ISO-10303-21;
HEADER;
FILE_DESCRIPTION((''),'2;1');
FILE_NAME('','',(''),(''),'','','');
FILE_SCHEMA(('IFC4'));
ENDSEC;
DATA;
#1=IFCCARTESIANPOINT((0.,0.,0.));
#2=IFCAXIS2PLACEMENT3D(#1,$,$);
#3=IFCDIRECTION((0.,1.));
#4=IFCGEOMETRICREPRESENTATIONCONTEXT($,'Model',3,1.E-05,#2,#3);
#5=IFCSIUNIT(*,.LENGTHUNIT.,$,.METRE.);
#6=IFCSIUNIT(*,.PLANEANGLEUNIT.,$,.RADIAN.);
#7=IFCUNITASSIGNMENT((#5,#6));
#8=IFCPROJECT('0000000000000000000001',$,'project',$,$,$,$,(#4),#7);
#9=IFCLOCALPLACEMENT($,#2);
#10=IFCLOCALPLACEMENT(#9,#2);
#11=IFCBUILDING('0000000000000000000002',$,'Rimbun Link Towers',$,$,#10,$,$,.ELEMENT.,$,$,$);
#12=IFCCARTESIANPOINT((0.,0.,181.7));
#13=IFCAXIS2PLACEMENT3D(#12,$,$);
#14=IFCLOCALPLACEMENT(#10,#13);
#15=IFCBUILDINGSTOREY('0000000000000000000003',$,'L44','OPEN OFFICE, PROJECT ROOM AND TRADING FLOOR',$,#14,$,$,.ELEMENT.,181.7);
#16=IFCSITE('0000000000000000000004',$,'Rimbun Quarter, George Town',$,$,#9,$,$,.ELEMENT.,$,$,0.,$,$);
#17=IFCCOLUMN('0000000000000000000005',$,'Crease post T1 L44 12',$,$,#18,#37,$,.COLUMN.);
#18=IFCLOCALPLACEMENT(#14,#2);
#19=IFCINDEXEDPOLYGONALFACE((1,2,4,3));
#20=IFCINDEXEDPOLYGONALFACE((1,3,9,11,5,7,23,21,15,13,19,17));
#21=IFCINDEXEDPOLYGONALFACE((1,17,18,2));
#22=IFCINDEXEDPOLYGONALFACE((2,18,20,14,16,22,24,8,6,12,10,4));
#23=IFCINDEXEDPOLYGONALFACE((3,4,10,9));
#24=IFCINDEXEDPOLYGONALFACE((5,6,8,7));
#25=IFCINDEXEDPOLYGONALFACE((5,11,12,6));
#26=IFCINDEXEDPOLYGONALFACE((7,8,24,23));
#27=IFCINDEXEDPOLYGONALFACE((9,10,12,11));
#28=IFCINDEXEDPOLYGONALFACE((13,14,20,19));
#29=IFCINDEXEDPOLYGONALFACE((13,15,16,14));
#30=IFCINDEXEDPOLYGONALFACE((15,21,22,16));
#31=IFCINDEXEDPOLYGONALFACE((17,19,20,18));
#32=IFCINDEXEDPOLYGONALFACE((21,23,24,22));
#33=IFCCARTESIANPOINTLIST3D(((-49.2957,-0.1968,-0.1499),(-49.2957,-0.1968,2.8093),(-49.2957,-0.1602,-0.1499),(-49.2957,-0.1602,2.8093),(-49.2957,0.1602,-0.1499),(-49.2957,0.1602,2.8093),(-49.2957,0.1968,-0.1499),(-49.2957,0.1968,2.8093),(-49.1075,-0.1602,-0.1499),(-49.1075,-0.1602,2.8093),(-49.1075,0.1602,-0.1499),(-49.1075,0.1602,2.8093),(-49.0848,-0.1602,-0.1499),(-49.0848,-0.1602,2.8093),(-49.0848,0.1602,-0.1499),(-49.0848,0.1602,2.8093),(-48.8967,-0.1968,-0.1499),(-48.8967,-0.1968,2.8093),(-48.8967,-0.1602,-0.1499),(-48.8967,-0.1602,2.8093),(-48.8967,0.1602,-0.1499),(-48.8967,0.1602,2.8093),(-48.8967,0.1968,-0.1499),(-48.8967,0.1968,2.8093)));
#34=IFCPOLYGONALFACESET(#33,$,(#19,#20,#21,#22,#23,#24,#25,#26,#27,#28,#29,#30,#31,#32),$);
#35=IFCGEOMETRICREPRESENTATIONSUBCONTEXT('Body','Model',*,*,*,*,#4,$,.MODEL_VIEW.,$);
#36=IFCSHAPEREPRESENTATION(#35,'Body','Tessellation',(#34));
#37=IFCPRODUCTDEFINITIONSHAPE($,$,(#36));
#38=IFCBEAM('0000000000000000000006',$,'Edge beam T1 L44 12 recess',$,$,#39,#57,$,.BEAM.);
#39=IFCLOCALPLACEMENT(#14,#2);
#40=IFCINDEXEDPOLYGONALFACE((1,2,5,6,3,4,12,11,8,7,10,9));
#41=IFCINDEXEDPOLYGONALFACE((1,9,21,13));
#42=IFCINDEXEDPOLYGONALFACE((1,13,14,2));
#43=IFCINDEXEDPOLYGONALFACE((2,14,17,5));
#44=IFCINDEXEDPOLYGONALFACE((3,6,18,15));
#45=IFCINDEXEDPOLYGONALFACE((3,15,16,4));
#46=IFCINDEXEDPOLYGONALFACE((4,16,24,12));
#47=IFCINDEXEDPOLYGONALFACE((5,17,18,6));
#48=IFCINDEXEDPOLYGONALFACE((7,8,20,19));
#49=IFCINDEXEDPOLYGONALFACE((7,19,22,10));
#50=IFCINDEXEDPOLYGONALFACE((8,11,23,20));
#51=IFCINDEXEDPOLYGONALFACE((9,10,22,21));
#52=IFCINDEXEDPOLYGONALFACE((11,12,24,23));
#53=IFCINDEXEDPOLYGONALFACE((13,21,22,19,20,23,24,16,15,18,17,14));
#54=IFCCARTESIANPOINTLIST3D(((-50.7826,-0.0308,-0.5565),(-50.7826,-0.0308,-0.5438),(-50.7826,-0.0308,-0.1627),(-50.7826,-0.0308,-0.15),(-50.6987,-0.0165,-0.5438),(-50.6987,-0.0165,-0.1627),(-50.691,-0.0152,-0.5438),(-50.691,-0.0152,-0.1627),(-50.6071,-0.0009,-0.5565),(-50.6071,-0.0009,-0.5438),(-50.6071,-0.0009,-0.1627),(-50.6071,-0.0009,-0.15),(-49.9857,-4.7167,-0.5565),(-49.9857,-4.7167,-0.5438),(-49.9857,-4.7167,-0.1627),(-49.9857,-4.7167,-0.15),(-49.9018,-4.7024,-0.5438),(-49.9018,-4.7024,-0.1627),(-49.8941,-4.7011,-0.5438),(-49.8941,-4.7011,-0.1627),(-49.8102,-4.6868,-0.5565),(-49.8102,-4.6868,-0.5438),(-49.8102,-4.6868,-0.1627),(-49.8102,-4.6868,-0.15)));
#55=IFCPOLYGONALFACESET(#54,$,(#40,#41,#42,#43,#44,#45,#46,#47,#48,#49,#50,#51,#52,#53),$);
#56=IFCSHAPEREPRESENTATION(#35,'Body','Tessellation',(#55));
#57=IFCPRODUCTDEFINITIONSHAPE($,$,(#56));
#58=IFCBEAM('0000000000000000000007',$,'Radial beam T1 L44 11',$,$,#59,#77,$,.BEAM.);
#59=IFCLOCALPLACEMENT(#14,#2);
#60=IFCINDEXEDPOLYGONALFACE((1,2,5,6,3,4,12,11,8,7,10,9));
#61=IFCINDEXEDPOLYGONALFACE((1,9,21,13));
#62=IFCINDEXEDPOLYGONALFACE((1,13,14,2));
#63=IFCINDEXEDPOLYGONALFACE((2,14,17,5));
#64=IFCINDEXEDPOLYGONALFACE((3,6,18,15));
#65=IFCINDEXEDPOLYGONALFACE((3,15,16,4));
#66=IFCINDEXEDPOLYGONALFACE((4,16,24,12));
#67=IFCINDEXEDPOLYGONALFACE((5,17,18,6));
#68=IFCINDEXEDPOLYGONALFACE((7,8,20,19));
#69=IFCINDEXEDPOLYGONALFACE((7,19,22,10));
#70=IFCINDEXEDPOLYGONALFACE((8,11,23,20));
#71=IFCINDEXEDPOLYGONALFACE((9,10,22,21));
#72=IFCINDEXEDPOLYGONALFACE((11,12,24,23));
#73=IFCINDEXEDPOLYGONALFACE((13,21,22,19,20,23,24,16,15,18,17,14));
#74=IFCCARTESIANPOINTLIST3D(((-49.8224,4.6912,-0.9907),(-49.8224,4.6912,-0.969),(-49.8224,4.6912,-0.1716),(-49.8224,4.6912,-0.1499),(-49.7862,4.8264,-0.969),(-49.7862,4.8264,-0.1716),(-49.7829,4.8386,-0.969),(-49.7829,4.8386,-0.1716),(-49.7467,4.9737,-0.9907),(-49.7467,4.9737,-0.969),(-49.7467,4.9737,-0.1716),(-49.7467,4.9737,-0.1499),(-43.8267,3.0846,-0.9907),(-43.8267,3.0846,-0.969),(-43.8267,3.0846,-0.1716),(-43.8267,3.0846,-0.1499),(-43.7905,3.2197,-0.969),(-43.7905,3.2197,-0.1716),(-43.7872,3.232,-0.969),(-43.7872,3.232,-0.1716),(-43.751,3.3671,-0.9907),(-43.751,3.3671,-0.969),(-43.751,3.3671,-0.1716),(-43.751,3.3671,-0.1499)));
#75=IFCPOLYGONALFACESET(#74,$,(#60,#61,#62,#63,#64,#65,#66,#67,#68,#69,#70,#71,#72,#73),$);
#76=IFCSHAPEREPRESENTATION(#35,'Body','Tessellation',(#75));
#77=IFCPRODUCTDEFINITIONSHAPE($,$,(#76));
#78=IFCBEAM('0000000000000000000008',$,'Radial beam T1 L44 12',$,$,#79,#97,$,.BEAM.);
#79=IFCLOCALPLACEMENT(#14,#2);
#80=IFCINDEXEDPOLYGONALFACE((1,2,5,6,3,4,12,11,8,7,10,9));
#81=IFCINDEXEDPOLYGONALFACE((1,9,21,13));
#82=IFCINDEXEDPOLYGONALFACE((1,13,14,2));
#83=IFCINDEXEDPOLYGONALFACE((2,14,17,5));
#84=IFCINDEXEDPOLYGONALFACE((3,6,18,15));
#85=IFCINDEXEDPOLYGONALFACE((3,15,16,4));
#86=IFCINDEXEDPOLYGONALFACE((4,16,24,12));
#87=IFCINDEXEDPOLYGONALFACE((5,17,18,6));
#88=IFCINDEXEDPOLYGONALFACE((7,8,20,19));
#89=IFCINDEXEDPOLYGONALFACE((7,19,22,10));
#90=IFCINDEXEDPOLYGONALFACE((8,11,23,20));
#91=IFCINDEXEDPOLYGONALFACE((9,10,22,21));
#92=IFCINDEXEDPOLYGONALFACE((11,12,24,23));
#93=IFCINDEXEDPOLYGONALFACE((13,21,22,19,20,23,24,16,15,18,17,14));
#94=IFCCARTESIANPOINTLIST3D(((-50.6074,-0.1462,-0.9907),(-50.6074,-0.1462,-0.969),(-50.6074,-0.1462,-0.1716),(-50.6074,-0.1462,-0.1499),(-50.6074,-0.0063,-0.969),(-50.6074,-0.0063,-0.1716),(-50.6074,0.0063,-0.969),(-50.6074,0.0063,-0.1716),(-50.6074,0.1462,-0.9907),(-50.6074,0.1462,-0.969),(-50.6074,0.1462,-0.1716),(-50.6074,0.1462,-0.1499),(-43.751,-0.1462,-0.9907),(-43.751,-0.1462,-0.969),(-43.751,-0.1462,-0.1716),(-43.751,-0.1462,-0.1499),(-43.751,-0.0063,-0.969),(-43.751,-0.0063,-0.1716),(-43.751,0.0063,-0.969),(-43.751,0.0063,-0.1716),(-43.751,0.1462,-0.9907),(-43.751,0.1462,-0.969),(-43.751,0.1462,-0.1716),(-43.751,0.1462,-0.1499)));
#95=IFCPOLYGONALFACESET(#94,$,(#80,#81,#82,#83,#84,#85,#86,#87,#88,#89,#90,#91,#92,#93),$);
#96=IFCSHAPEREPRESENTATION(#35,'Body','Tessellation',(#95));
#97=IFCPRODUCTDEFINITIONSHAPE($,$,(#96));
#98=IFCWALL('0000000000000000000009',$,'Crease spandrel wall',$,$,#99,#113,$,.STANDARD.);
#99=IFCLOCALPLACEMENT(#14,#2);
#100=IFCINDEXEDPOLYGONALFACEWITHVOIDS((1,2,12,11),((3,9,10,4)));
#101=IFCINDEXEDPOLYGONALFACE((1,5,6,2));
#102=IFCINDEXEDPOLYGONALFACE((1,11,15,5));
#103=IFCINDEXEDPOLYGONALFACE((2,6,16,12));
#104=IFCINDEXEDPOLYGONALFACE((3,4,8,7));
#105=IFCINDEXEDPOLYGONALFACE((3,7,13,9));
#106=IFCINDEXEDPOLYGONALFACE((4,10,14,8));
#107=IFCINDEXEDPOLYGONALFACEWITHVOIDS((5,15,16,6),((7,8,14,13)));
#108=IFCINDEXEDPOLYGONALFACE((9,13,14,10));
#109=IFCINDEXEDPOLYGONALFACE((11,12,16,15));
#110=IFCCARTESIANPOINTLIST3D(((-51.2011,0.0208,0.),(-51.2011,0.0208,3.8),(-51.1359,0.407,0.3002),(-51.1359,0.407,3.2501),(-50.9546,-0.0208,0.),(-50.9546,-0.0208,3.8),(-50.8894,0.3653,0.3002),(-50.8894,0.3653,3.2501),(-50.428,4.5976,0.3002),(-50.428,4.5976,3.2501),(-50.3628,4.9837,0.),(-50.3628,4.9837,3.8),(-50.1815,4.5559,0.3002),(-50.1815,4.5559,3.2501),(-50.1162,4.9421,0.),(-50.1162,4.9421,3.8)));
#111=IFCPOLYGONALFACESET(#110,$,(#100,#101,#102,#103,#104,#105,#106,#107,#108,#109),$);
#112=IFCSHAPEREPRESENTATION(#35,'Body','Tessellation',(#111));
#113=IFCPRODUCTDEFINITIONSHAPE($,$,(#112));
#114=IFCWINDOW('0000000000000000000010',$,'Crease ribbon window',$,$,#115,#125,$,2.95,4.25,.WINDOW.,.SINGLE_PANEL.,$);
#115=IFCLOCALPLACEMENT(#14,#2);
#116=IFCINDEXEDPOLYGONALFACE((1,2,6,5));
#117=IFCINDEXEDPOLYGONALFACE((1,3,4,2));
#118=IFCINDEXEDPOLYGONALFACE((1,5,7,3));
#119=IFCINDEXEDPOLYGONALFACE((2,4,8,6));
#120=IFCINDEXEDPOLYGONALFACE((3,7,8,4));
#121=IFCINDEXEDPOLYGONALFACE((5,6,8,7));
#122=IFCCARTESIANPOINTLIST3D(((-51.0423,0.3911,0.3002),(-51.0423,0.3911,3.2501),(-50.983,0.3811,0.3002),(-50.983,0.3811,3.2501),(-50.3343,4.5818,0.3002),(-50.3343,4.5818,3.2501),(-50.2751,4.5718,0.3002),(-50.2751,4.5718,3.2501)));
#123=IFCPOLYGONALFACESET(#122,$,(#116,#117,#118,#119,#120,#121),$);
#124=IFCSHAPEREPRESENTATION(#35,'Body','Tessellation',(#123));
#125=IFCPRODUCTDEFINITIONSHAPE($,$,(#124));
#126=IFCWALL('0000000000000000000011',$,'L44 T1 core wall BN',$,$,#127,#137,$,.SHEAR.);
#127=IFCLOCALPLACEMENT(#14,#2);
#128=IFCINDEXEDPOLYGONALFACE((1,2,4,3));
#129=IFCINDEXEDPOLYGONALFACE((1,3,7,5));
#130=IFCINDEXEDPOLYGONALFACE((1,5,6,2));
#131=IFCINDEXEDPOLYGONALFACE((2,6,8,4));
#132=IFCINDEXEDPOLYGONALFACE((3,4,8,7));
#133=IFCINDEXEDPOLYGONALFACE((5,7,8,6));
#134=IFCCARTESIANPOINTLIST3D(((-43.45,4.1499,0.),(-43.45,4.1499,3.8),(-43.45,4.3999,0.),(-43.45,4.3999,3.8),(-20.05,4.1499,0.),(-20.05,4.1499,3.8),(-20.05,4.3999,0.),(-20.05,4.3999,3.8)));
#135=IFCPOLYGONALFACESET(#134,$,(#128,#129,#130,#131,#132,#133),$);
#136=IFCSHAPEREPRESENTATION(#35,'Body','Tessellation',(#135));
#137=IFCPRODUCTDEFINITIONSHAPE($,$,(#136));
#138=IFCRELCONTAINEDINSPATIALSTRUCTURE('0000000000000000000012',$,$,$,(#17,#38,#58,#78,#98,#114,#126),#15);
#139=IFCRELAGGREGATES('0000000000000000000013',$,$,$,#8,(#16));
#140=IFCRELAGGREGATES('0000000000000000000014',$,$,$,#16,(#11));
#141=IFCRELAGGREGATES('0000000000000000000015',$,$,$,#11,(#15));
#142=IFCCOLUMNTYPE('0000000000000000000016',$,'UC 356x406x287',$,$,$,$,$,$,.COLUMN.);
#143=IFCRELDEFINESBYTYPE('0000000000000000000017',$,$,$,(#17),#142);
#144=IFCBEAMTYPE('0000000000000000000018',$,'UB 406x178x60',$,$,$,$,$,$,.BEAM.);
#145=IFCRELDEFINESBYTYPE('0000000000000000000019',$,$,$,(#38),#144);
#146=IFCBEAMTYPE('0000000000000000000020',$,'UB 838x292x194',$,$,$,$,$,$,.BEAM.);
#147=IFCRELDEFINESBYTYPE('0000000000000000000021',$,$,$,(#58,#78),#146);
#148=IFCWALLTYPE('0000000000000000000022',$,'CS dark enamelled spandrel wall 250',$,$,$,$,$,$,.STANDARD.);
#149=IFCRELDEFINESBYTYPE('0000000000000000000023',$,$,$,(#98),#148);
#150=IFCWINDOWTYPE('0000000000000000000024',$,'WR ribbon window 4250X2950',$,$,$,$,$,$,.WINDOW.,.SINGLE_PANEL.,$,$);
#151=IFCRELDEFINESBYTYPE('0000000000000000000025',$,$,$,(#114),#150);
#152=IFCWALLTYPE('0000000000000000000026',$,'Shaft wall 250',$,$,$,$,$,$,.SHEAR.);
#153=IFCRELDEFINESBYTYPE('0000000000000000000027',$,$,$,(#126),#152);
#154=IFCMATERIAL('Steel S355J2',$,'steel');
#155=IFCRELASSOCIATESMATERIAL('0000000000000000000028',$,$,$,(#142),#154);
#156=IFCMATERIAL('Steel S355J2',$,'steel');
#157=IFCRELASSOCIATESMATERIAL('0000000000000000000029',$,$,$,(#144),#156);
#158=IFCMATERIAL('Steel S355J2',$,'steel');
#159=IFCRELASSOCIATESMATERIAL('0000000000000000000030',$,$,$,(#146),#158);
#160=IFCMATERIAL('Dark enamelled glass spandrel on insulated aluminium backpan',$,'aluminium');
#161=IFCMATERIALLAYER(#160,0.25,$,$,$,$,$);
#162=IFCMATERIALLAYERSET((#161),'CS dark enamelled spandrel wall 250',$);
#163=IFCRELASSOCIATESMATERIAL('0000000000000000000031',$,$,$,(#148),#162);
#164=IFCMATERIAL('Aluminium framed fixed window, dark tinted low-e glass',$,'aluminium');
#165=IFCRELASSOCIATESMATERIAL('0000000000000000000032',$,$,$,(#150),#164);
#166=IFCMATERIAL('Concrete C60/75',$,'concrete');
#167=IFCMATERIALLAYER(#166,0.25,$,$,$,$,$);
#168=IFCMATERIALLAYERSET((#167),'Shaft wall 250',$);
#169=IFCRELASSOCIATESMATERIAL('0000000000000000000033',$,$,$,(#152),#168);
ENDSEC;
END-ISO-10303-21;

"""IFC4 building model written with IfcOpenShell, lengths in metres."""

from ifc_helpers import new_model, si_unit, direction, frame, frame_2d, origin, origin_2d, place, context, subcontext, project, spatial, rectangle, i_section, extrude, material, layer, layer_set, material_profile, profile_set, type_object, element, fill, save


model = new_model("IFC4")

# Units and contexts
model_context = context("Model", 3, precision=1e-05, world=origin(), true_north=direction((0.0, 1.0)))
body_context = subcontext(model_context, "Body", "Model", "MODEL_VIEW")
ifc_project = project(units=[si_unit("LENGTHUNIT", "METRE"), si_unit("PLANEANGLEUNIT", "RADIAN")], contexts=[model_context])

# Site, building, storey
site_placement = place(None, origin())
site = spatial("IfcSite", under=ifc_project, at=site_placement, Name="Rimbun Quarter, George Town", CompositionType="ELEMENT", RefElevation=0.0)
building_placement = place(site_placement, origin())
building = spatial("IfcBuilding", under=site, at=building_placement, Name="Rimbun Link Towers", CompositionType="ELEMENT")
storey_placement = place(building_placement, frame((0.0, 0.0, 181.7)))
storey = spatial("IfcBuildingStorey", under=building, at=storey_placement, Name="L44", Description="OPEN OFFICE, PROJECT ROOM AND TRADING FLOOR", CompositionType="ELEMENT", Elevation=181.7)

# Column
ifc_material_1 = material(Name="Steel S355J2", Category="steel")
ifc_material_profile_1 = material_profile(ifc_material_1, i_section(OverallWidth=0.3989, OverallDepth=0.3936, WebThickness=0.0227, FlangeThickness=0.0366, at=origin_2d()), Name="UC 356x406x287")
ifc_profile_set_1 = profile_set([ifc_material_profile_1], Name="Steel S355J2")
column_type = type_object("IfcColumnType", Name="UC 356x406x287", PredefinedType="COLUMN", material=ifc_profile_set_1)
column_placement = place(storey_placement, frame((-49.0962, 0.0, -0.1499), z_axis=(0.0, 0.0, 1.0), x_axis=(1.0, 0.0, 0.0)))
element("IfcColumn", 1, at=column_placement, inside=storey, type_object=column_type, Name="Crease post T1 L44 12", PredefinedType="COLUMN", context=body_context, shape_type="SweptSolid", body=[
    extrude(i_section(OverallWidth=0.3989, OverallDepth=0.3936, WebThickness=0.0227, FlangeThickness=0.0366, at=origin_2d()), origin(), (0.0, 0.0, 1.0), 2.9592),
])

# Beams
ifc_material_2 = material(Name="Steel S355J2", Category="steel")
ifc_material_profile_2 = material_profile(ifc_material_2, i_section(OverallWidth=0.178, OverallDepth=0.4065, WebThickness=0.0078, FlangeThickness=0.0127, at=origin_2d()), Name="UB 406x178x60")
ifc_profile_set_2 = profile_set([ifc_material_profile_2], Name="Steel S355J2")
beam_type_1 = type_object("IfcBeamType", Name="UB 406x178x60", PredefinedType="BEAM", material=ifc_profile_set_2)
beam_1_placement = place(storey_placement, frame((-50.6948, -0.0159, -0.3533), z_axis=(0.167655, -0.985846, 0.0), x_axis=(0.985846, 0.167655, 0.0)))
element("IfcBeam", 2, at=beam_1_placement, inside=storey, type_object=beam_type_1, Name="Edge beam T1 L44 12 recess", PredefinedType="BEAM", context=body_context, shape_type="SweptSolid", body=[
    extrude(i_section(OverallWidth=0.178, OverallDepth=0.4065, WebThickness=0.0078, FlangeThickness=0.0127, at=origin_2d()), origin(), (0.0, 0.0, 1.0), 4.7532),
])
ifc_material_3 = material(Name="Steel S355J2", Category="steel")
ifc_material_profile_3 = material_profile(ifc_material_3, i_section(OverallWidth=0.2925, OverallDepth=0.8408, WebThickness=0.0127, FlangeThickness=0.0217, at=origin_2d()), Name="UB 838x292x194")
ifc_profile_set_3 = profile_set([ifc_material_profile_3], Name="Steel S355J2")
beam_type_2 = type_object("IfcBeamType", Name="UB 838x292x194", PredefinedType="BEAM", material=ifc_profile_set_3)
beam_2_placement = place(storey_placement, frame((-43.7888, 3.2258, -0.5703), z_axis=(-0.965922, 0.258835, 0.0), x_axis=(-0.258835, -0.965922, 0.0)))
element("IfcBeam", 3, at=beam_2_placement, inside=storey, type_object=beam_type_2, Name="Radial beam T1 L44 11", PredefinedType="BEAM", context=body_context, shape_type="SweptSolid", body=[
    extrude(i_section(OverallWidth=0.2925, OverallDepth=0.8408, WebThickness=0.0127, FlangeThickness=0.0217, at=origin_2d()), origin(), (0.0, 0.0, 1.0), 6.2073),
])
beam_3_placement = place(storey_placement, frame((-43.751, 0.0, -0.5703), z_axis=(-1.0, 0.0, 0.0), x_axis=(0.0, -1.0, 0.0)))
element("IfcBeam", 4, at=beam_3_placement, inside=storey, type_object=beam_type_2, Name="Radial beam T1 L44 12", PredefinedType="BEAM", context=body_context, shape_type="SweptSolid", body=[
    extrude(i_section(OverallWidth=0.2925, OverallDepth=0.8408, WebThickness=0.0127, FlangeThickness=0.0217, at=origin_2d()), origin(), (0.0, 0.0, 1.0), 6.8564),
])

# Wall, opening, window
ifc_material_4 = material(Name="Dark enamelled glass spandrel on insulated aluminium backpan", Category="aluminium")
ifc_layer_1 = layer(ifc_material_4, 0.25)
ifc_layer_set_1 = layer_set([ifc_layer_1], Name="CS dark enamelled spandrel wall 250")
wall_type_1 = type_object("IfcWallType", Name="CS dark enamelled spandrel wall 250", PredefinedType="STANDARD", material=ifc_layer_set_1)
wall_1_placement = place(storey_placement, frame((-51.0779, 0.0, 0.0), z_axis=(0.0, 0.0, 1.0), x_axis=(0.16657, 0.98603, 0.0)))
wall_1 = element("IfcWall", 5, at=wall_1_placement, inside=storey, type_object=wall_type_1, Name="Crease spandrel wall", PredefinedType="STANDARD", context=body_context, shape_type="SweptSolid", body=[
    extrude(rectangle(XDim=5.0332, YDim=0.25, at=frame_2d((2.5166, 0.0))), origin(), (0.0, 0.0, 1.0), 3.8),
])
opening_1_placement = place(wall_1_placement, frame((0.3916, 0.0, 0.3)))
opening_1 = element("IfcOpeningElement", 6, at=opening_1_placement, cuts=wall_1, PredefinedType="OPENING", context=body_context, shape_type="SweptSolid", body=[
    extrude(rectangle(XDim=4.25, YDim=2.95, at=frame_2d((2.125, 1.4751))), frame((0.0, 0.135, 0.0), z_axis=(0.0, -1.0, 0.0), x_axis=(1.0, 0.0, 0.0)), (0.0, 0.0, 1.0), 0.27),
])
ifc_material_5 = material(Name="Aluminium framed fixed window, dark tinted low-e glass", Category="aluminium")
window_type = type_object("IfcWindowType", Name="WR ribbon window 4250X2950", PartitioningType="SINGLE_PANEL", PredefinedType="WINDOW", material=ifc_material_5)
window_placement = place(opening_1_placement, origin())
window = element("IfcWindow", 7, at=window_placement, inside=storey, type_object=window_type, Name="Crease ribbon window", OverallHeight=2.95, OverallWidth=4.25, PartitioningType="SINGLE_PANEL", PredefinedType="WINDOW", context=body_context, shape_type="SweptSolid", body=[
    extrude(rectangle(XDim=4.25, YDim=2.95, at=frame_2d((2.125, 1.4751))), frame((0.0, 0.03, 0.0), z_axis=(0.0, -1.0, 0.0), x_axis=(1.0, 0.0, 0.0)), (0.0, 0.0, 1.0), 0.0601),
])
fill(opening_1, window)

# Wall
ifc_material_6 = material(Name="Concrete C60/75", Category="concrete")
ifc_layer_2 = layer(ifc_material_6, 0.25)
ifc_layer_set_2 = layer_set([ifc_layer_2], Name="Shaft wall 250")
wall_type_2 = type_object("IfcWallType", Name="Shaft wall 250", PredefinedType="SHEAR", material=ifc_layer_set_2)
wall_2_placement = place(storey_placement, frame((-43.45, 4.2749, 0.0), z_axis=(0.0, 0.0, 1.0), x_axis=(1.0, 0.0, 0.0)))
element("IfcWall", 8, at=wall_2_placement, inside=storey, type_object=wall_type_2, Name="L44 T1 core wall BN", PredefinedType="SHEAR", context=body_context, shape_type="SweptSolid", body=[
    extrude(rectangle(XDim=23.3999, YDim=0.25, at=frame_2d((11.7, 0.0))), origin(), (0.0, 0.0, 1.0), 3.8),
])

save(model, "model.ifc")
